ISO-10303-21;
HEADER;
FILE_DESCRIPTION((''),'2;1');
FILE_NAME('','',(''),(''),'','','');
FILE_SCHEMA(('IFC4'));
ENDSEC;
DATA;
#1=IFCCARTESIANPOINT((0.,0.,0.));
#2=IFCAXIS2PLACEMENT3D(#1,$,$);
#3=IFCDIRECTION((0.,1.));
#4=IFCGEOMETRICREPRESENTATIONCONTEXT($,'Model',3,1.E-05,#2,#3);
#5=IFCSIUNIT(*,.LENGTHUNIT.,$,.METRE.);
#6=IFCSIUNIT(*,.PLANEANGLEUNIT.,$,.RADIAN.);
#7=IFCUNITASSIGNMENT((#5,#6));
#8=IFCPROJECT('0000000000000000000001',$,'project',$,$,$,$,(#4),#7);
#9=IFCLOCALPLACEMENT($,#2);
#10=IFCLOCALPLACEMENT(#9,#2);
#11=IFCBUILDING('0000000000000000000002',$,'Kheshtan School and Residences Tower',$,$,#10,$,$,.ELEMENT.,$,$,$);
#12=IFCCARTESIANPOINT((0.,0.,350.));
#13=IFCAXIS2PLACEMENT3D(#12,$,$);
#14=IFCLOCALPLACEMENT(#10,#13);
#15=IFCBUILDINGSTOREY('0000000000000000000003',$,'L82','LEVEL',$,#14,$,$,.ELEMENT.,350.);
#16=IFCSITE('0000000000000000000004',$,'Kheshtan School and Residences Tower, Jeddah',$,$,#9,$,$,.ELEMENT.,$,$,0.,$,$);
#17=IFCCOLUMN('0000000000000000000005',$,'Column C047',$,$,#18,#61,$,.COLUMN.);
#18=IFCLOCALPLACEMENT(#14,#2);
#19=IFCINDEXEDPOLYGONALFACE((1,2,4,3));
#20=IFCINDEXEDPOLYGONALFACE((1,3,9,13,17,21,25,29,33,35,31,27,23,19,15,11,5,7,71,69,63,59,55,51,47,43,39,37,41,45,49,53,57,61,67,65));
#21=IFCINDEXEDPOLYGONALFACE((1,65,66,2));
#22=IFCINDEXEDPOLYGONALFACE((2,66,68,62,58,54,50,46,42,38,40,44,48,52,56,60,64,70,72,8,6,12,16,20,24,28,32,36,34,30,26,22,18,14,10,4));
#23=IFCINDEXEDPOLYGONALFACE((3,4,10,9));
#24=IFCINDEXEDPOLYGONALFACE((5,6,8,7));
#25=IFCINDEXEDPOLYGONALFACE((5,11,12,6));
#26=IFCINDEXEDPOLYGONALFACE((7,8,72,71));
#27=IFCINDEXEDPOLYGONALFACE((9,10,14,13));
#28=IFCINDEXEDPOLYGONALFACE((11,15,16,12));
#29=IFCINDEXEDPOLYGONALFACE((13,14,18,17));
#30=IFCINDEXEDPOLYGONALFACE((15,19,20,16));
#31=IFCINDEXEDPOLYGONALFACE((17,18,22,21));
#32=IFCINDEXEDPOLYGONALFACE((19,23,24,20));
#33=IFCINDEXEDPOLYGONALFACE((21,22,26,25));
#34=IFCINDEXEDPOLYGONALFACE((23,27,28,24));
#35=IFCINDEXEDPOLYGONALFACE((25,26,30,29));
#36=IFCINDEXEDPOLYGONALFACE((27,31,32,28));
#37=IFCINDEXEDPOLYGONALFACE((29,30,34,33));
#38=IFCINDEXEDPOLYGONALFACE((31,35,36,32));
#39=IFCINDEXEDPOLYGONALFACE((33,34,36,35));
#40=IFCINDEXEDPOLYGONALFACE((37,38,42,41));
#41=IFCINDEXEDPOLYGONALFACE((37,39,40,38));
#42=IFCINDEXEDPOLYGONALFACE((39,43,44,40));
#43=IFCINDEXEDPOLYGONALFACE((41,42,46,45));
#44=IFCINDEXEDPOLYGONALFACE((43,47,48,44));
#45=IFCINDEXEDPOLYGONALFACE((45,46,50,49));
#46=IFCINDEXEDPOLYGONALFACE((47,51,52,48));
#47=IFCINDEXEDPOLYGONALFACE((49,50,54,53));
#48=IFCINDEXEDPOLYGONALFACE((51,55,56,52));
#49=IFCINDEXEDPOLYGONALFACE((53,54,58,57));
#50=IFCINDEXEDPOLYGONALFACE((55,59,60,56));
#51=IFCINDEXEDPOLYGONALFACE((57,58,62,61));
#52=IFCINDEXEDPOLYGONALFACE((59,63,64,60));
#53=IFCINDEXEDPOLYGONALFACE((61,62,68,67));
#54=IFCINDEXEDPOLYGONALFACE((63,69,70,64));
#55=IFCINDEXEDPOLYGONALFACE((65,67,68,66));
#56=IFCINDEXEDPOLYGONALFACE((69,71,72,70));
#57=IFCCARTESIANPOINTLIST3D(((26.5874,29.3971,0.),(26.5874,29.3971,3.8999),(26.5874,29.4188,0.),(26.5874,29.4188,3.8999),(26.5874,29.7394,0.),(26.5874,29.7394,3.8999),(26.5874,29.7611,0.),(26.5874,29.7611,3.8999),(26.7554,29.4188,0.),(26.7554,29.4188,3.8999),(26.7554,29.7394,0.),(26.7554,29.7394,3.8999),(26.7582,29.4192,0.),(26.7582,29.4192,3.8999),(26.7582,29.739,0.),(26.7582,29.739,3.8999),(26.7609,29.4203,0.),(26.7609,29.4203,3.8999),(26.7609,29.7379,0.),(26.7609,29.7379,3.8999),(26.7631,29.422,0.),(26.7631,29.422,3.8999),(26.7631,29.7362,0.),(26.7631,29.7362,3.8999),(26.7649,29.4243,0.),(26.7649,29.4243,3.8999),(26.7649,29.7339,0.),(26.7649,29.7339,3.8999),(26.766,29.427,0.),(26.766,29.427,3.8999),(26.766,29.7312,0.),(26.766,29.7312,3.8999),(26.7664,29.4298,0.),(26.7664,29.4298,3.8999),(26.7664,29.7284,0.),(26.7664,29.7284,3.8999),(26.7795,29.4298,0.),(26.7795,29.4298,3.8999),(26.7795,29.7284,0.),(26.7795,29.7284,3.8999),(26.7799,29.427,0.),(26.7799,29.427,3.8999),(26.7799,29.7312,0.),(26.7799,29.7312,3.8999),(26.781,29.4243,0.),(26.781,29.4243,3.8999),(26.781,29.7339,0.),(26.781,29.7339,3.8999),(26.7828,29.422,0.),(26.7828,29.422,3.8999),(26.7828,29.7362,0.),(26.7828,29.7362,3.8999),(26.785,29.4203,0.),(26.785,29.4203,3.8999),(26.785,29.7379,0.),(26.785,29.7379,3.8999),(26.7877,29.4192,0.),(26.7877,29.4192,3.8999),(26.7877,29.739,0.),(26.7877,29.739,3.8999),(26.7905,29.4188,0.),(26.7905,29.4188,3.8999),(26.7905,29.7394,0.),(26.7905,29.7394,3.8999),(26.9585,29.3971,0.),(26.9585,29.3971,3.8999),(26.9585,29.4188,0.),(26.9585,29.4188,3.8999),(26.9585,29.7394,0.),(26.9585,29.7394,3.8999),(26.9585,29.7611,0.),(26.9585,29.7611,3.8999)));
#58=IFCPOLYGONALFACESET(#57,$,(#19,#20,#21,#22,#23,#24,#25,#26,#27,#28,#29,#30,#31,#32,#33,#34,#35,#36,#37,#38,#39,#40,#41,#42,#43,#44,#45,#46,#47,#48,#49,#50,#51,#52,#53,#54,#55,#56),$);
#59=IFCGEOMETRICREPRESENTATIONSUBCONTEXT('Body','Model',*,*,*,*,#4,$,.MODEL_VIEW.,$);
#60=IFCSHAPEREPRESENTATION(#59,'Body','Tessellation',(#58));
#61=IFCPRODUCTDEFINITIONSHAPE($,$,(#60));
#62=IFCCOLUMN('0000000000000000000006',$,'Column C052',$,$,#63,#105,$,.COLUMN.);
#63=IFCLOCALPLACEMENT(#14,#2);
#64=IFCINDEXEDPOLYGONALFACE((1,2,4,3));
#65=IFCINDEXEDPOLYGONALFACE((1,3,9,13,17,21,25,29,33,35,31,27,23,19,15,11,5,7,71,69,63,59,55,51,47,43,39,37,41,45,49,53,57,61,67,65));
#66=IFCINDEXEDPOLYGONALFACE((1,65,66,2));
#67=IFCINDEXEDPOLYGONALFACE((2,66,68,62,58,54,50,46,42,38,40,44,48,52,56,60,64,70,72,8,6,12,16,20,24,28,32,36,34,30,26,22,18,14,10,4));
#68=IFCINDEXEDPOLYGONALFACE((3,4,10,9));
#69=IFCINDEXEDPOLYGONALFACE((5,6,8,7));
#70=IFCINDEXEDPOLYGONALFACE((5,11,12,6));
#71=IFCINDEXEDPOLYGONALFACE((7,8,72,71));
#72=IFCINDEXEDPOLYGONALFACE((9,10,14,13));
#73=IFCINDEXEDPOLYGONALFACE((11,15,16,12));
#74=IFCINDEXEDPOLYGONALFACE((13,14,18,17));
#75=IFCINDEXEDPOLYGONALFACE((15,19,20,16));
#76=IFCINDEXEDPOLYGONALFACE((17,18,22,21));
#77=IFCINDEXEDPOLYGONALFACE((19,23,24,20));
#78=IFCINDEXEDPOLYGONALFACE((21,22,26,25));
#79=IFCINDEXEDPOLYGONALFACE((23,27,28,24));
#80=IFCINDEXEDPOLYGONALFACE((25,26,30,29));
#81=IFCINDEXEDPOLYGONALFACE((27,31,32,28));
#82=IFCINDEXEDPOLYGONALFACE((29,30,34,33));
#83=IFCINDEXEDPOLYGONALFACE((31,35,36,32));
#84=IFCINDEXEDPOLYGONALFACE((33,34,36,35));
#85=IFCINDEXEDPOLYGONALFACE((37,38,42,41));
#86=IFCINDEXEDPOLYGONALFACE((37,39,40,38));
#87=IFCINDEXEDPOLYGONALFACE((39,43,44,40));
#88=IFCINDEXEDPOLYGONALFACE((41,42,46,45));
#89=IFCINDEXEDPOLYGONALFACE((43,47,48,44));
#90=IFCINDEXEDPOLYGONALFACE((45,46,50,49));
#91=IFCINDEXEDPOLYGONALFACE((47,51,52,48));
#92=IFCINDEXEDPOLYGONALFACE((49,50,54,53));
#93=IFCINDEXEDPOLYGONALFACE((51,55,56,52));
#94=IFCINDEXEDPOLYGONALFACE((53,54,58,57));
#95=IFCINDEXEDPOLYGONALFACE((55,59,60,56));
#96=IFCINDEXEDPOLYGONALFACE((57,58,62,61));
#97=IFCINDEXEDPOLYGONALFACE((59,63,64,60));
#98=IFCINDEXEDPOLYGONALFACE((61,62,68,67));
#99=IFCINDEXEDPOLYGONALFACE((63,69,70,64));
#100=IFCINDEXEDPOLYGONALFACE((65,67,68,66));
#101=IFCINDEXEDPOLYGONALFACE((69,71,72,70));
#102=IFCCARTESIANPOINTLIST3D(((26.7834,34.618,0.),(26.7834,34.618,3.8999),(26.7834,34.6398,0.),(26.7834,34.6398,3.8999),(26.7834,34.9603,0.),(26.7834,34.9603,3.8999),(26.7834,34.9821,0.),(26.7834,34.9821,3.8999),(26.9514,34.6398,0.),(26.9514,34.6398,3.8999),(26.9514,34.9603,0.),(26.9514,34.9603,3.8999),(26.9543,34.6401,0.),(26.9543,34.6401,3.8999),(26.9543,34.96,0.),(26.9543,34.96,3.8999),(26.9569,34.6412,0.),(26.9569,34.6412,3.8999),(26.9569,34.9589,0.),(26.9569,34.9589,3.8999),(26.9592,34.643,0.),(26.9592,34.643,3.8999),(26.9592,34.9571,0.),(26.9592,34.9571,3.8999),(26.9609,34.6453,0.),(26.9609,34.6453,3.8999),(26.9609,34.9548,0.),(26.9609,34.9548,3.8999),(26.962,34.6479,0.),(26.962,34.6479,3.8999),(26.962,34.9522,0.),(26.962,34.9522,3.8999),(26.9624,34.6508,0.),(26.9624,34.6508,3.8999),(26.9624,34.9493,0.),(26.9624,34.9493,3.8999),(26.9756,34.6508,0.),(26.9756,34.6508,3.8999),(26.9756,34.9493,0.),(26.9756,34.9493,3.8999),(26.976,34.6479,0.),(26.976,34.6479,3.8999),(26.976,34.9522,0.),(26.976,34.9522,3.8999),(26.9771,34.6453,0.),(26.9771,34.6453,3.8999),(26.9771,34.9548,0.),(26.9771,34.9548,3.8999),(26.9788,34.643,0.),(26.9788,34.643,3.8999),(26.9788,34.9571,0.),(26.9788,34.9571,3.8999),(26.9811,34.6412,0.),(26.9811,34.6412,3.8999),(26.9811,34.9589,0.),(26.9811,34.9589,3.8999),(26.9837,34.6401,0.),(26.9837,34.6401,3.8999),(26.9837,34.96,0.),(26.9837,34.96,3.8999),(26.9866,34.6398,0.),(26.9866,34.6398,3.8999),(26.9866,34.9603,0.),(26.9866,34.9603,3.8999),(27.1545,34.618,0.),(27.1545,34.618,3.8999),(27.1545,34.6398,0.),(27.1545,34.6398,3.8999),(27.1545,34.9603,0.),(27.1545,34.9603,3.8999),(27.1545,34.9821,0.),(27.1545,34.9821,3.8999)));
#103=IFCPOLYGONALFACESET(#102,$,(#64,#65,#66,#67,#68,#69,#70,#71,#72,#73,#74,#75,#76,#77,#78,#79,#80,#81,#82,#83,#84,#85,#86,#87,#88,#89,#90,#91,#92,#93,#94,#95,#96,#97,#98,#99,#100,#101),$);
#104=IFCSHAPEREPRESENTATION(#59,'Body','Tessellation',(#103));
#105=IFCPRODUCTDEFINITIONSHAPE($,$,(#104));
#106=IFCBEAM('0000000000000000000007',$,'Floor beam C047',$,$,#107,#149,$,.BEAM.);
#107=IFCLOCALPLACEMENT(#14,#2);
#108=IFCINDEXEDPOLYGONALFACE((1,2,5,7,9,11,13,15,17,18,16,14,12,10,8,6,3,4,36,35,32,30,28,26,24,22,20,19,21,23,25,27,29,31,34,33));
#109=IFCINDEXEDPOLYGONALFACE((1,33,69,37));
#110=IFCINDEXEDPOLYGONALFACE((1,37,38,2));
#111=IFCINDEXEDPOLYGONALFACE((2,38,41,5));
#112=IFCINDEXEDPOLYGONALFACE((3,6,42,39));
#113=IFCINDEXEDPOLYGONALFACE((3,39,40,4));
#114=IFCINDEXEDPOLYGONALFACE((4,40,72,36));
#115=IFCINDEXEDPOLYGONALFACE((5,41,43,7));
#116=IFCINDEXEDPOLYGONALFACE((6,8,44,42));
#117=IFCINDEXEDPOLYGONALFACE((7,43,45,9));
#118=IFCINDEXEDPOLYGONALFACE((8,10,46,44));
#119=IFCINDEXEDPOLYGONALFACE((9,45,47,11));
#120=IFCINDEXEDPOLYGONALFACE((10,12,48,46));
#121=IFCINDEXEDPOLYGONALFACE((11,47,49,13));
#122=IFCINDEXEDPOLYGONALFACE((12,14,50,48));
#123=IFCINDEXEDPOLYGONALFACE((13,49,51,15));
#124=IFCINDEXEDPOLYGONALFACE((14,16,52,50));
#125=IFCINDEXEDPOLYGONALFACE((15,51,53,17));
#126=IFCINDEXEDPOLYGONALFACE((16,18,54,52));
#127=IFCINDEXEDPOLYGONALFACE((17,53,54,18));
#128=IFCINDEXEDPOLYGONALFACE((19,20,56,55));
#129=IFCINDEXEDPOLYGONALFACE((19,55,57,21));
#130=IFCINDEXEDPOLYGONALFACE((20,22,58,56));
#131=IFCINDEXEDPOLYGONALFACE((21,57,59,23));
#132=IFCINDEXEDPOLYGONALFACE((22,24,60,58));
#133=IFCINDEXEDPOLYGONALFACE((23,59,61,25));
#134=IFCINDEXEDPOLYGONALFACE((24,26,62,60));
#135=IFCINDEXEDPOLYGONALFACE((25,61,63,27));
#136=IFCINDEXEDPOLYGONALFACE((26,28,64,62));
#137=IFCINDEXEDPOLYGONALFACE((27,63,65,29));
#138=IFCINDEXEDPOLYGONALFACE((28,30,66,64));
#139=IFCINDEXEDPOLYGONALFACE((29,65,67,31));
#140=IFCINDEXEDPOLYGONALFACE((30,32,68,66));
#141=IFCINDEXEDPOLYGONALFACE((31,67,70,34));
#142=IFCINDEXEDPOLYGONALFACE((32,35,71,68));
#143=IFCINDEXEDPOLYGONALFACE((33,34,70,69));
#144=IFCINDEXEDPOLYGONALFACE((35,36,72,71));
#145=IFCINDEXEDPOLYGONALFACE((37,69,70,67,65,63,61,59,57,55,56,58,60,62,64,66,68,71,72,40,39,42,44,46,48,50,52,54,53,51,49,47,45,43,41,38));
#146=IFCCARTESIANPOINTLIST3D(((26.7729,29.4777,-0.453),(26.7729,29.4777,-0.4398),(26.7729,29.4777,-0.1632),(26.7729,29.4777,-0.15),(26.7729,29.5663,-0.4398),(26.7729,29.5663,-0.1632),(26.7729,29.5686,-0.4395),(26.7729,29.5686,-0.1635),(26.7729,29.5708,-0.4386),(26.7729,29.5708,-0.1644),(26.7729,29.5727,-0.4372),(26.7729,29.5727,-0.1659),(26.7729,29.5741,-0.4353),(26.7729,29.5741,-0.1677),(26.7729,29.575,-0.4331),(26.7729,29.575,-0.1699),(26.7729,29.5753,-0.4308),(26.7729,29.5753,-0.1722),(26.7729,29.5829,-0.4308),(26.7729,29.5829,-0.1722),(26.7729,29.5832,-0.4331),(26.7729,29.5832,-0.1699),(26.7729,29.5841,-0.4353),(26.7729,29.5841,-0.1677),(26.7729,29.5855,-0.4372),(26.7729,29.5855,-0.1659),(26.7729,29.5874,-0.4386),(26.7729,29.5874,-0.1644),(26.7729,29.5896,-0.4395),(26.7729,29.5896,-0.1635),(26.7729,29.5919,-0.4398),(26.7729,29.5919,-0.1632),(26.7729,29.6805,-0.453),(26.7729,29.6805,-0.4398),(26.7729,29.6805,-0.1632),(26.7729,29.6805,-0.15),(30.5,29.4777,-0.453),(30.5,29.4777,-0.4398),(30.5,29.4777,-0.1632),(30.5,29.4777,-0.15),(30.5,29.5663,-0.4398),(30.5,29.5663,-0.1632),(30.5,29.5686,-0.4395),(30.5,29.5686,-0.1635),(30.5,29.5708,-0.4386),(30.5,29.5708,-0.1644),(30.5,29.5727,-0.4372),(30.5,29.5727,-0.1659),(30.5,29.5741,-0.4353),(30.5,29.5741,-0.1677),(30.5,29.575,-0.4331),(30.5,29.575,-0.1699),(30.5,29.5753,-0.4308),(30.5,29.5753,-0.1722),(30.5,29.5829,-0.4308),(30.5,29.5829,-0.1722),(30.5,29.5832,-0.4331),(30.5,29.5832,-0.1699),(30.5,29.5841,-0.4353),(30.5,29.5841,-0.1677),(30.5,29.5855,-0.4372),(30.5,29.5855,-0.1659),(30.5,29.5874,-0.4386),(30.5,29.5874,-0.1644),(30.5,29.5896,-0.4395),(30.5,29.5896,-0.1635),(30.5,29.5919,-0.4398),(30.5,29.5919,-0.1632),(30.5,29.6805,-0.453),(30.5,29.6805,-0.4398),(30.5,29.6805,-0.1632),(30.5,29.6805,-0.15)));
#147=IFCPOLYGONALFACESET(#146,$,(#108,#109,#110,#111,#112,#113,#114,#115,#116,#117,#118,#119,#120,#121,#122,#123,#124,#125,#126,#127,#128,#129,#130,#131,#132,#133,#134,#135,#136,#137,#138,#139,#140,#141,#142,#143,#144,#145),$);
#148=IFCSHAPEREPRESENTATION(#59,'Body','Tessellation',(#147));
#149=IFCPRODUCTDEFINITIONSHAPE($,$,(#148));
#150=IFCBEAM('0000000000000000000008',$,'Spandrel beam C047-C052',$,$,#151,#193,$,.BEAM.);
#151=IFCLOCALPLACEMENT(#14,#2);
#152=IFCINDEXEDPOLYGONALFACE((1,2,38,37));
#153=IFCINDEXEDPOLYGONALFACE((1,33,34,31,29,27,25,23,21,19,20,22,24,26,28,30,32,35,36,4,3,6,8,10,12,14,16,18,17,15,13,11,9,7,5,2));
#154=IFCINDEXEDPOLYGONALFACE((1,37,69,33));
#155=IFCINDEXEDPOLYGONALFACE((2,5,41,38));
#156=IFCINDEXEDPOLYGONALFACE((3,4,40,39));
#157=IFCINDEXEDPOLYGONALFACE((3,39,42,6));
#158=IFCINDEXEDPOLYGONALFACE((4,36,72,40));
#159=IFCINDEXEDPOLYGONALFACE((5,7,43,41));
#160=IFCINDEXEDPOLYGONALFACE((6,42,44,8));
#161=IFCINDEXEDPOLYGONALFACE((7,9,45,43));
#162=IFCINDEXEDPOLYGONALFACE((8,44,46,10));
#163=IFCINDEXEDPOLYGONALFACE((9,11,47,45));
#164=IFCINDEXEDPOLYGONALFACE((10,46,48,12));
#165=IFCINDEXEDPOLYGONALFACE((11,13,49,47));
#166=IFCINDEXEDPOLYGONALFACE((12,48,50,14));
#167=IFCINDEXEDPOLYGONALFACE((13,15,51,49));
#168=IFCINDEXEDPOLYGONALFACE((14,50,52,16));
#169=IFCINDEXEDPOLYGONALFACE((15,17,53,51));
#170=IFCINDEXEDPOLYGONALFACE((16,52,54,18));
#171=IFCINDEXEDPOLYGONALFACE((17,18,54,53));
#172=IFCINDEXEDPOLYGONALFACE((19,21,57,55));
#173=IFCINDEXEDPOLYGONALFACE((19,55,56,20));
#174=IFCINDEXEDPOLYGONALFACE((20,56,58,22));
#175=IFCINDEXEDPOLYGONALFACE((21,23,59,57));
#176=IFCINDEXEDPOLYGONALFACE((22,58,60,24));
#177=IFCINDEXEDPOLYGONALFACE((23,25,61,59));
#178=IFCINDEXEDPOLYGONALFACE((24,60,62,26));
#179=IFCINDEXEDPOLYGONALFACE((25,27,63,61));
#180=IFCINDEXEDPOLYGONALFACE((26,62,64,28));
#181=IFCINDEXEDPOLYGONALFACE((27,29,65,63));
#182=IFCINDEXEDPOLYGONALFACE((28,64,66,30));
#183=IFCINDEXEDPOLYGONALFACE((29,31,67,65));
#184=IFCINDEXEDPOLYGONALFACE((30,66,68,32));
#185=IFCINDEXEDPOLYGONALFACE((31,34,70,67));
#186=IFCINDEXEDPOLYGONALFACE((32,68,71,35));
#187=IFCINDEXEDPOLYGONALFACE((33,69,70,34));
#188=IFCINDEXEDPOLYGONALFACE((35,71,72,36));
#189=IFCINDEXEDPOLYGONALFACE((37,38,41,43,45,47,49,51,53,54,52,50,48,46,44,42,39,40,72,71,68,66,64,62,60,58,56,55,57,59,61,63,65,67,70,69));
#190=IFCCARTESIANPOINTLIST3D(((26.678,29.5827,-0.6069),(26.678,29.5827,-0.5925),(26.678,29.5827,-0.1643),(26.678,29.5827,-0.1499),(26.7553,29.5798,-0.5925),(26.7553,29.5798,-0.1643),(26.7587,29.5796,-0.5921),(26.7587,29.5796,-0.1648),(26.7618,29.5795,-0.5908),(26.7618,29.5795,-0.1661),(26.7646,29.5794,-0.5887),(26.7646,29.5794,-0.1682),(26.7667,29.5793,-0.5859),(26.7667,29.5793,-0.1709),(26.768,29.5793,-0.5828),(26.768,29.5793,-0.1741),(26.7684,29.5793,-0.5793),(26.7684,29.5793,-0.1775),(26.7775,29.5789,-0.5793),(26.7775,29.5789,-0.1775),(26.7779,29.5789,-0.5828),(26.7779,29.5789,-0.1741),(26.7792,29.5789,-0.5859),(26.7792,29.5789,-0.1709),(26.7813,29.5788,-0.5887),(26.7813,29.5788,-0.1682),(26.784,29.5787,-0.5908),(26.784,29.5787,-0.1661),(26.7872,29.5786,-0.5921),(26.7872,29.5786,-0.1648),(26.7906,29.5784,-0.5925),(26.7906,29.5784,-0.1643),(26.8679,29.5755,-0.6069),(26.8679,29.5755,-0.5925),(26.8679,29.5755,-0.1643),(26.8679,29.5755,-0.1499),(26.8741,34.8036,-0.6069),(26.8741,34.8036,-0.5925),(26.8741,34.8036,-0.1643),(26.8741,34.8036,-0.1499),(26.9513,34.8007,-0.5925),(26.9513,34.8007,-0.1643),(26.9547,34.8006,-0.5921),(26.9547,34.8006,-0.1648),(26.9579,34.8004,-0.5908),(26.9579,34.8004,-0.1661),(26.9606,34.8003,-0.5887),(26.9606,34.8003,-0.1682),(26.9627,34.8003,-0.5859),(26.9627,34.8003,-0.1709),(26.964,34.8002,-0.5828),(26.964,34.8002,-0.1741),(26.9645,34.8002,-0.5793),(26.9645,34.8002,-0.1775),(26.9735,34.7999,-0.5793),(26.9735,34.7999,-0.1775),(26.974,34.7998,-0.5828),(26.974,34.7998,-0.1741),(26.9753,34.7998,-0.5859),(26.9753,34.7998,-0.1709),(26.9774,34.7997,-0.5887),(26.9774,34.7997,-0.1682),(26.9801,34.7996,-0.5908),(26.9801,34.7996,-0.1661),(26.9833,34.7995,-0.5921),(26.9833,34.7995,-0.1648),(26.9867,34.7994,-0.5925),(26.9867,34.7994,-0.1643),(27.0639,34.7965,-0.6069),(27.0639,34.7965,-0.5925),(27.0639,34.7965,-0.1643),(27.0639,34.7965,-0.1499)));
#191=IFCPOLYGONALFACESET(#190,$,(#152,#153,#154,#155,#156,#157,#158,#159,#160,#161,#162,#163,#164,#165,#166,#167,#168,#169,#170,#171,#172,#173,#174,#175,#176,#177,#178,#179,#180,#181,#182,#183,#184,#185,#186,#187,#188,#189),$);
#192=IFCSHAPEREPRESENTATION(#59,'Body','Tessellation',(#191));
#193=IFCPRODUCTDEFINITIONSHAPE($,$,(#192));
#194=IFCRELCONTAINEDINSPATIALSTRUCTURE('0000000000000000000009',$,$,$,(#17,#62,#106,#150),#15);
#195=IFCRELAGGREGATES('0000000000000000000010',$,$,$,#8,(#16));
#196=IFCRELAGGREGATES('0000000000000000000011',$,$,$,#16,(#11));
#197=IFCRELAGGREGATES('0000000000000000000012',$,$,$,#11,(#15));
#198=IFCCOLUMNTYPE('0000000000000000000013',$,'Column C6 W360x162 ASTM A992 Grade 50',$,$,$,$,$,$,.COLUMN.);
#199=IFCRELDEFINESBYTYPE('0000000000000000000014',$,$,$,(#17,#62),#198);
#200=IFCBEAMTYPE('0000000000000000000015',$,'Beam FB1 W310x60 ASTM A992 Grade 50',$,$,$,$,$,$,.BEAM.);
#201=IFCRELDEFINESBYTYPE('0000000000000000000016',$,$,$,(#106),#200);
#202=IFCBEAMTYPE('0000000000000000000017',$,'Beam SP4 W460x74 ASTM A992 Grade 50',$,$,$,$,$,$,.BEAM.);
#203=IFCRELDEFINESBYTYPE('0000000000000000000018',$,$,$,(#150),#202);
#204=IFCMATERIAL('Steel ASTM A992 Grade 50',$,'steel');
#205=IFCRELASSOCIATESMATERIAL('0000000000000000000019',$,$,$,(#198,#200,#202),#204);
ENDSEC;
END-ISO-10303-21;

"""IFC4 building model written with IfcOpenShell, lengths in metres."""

from ifc_helpers import new_model, si_unit, direction, frame, origin, origin_2d, place, context, subcontext, project, spatial, i_section, extrude, material, material_profile, profile_set, type_object, element, save


model = new_model("IFC4")

# Units and contexts
model_context = context("Model", 3, precision=1e-05, world=origin(), true_north=direction((0.0, 1.0)))
body_context = subcontext(model_context, "Body", "Model", "MODEL_VIEW")
ifc_project = project(units=[si_unit("LENGTHUNIT", "METRE"), si_unit("PLANEANGLEUNIT", "RADIAN")], contexts=[model_context])

# Site, building, storey
site_placement = place(None, origin())
site = spatial("IfcSite", under=ifc_project, at=site_placement, Name="Kheshtan School and Residences Tower, Jeddah", CompositionType="ELEMENT", RefElevation=0.0)
building_placement = place(site_placement, origin())
building = spatial("IfcBuilding", under=site, at=building_placement, Name="Kheshtan School and Residences Tower", CompositionType="ELEMENT")
storey_placement = place(building_placement, frame((0.0, 0.0, 350.0)))
storey = spatial("IfcBuildingStorey", under=building, at=storey_placement, Name="L82", Description="LEVEL", CompositionType="ELEMENT", Elevation=350.0)

# Columns
ifc_material_1 = material(Name="Steel ASTM A992 Grade 50", Category="steel")
ifc_material_profile_1 = material_profile(ifc_material_1, i_section(OverallWidth=0.3711, OverallDepth=0.364, WebThickness=0.0132, FlangeThickness=0.0217, FilletRadius=0.011, at=origin_2d()), Name="W360x162")
ifc_profile_set_1 = profile_set([ifc_material_profile_1], Name="Steel ASTM A992 Grade 50")
column_type = type_object("IfcColumnType", Name="Column C6 W360x162 ASTM A992 Grade 50", PredefinedType="COLUMN", material=ifc_profile_set_1)
for number, where, z_axis, x_axis, name in (
    (1, (26.7729, 29.5791, 0.0), (0.0, 0.0, 1.0), (1.0, 0.0, 0.0), "Column C047"),
    (2, (26.969, 34.8, 0.0), (0.0, 0.0, 1.0), (1.0, 0.0, 0.0), "Column C052"),
):
    element("IfcColumn", number, at=place(storey_placement, frame(where, z_axis=z_axis, x_axis=x_axis)), inside=storey, type_object=column_type, Name=name, PredefinedType="COLUMN", context=body_context, shape_type="SweptSolid", body=[
        extrude(i_section(OverallWidth=0.3711, OverallDepth=0.364, WebThickness=0.0132, FlangeThickness=0.0217, FilletRadius=0.011, at=origin_2d()), origin(), (0.0, 0.0, 1.0), 3.8999),
    ])

# Beams
ifc_material_profile_2 = material_profile(ifc_material_1, i_section(OverallWidth=0.2029, OverallDepth=0.303, WebThickness=0.0076, FlangeThickness=0.0132, FilletRadius=0.009, at=origin_2d()), Name="W310x60")
ifc_profile_set_2 = profile_set([ifc_material_profile_2], Name="Steel ASTM A992 Grade 50")
beam_type_1 = type_object("IfcBeamType", Name="Beam FB1 W310x60 ASTM A992 Grade 50", PredefinedType="BEAM", material=ifc_profile_set_2)
beam_1_placement = place(storey_placement, frame((26.7729, 29.5791, -0.3015), z_axis=(1.0, 0.0, 0.0), x_axis=(0.0, 1.0, 0.0)))
element("IfcBeam", 3, at=beam_1_placement, inside=storey, type_object=beam_type_1, Name="Floor beam C047", PredefinedType="BEAM", context=body_context, shape_type="SweptSolid", body=[
    extrude(i_section(OverallWidth=0.2029, OverallDepth=0.303, WebThickness=0.0076, FlangeThickness=0.0132, FilletRadius=0.009, at=origin_2d()), origin(), (0.0, 0.0, 1.0), 3.7271),
])
ifc_material_profile_3 = material_profile(ifc_material_1, i_section(OverallWidth=0.1899, OverallDepth=0.457, WebThickness=0.009, FlangeThickness=0.0144, FilletRadius=0.0132, at=origin_2d()), Name="W460x74")
ifc_profile_set_3 = profile_set([ifc_material_profile_3], Name="Steel ASTM A992 Grade 50")
beam_type_2 = type_object("IfcBeamType", Name="Beam SP4 W460x74 ASTM A992 Grade 50", PredefinedType="BEAM", material=ifc_profile_set_3)
beam_2_placement = place(storey_placement, frame((26.7729, 29.5791, -0.3784), z_axis=(0.037523, 0.999296, 0.0), x_axis=(-0.999296, 0.037523, 0.0)))
element("IfcBeam", 4, at=beam_2_placement, inside=storey, type_object=beam_type_2, Name="Spandrel beam C047-C052", PredefinedType="BEAM", context=body_context, shape_type="SweptSolid", body=[
    extrude(i_section(OverallWidth=0.1899, OverallDepth=0.457, WebThickness=0.009, FlangeThickness=0.0144, FilletRadius=0.0132, at=origin_2d()), origin(), (0.0, 0.0, 1.0), 5.2246),
])

save(model, "model.ifc")
